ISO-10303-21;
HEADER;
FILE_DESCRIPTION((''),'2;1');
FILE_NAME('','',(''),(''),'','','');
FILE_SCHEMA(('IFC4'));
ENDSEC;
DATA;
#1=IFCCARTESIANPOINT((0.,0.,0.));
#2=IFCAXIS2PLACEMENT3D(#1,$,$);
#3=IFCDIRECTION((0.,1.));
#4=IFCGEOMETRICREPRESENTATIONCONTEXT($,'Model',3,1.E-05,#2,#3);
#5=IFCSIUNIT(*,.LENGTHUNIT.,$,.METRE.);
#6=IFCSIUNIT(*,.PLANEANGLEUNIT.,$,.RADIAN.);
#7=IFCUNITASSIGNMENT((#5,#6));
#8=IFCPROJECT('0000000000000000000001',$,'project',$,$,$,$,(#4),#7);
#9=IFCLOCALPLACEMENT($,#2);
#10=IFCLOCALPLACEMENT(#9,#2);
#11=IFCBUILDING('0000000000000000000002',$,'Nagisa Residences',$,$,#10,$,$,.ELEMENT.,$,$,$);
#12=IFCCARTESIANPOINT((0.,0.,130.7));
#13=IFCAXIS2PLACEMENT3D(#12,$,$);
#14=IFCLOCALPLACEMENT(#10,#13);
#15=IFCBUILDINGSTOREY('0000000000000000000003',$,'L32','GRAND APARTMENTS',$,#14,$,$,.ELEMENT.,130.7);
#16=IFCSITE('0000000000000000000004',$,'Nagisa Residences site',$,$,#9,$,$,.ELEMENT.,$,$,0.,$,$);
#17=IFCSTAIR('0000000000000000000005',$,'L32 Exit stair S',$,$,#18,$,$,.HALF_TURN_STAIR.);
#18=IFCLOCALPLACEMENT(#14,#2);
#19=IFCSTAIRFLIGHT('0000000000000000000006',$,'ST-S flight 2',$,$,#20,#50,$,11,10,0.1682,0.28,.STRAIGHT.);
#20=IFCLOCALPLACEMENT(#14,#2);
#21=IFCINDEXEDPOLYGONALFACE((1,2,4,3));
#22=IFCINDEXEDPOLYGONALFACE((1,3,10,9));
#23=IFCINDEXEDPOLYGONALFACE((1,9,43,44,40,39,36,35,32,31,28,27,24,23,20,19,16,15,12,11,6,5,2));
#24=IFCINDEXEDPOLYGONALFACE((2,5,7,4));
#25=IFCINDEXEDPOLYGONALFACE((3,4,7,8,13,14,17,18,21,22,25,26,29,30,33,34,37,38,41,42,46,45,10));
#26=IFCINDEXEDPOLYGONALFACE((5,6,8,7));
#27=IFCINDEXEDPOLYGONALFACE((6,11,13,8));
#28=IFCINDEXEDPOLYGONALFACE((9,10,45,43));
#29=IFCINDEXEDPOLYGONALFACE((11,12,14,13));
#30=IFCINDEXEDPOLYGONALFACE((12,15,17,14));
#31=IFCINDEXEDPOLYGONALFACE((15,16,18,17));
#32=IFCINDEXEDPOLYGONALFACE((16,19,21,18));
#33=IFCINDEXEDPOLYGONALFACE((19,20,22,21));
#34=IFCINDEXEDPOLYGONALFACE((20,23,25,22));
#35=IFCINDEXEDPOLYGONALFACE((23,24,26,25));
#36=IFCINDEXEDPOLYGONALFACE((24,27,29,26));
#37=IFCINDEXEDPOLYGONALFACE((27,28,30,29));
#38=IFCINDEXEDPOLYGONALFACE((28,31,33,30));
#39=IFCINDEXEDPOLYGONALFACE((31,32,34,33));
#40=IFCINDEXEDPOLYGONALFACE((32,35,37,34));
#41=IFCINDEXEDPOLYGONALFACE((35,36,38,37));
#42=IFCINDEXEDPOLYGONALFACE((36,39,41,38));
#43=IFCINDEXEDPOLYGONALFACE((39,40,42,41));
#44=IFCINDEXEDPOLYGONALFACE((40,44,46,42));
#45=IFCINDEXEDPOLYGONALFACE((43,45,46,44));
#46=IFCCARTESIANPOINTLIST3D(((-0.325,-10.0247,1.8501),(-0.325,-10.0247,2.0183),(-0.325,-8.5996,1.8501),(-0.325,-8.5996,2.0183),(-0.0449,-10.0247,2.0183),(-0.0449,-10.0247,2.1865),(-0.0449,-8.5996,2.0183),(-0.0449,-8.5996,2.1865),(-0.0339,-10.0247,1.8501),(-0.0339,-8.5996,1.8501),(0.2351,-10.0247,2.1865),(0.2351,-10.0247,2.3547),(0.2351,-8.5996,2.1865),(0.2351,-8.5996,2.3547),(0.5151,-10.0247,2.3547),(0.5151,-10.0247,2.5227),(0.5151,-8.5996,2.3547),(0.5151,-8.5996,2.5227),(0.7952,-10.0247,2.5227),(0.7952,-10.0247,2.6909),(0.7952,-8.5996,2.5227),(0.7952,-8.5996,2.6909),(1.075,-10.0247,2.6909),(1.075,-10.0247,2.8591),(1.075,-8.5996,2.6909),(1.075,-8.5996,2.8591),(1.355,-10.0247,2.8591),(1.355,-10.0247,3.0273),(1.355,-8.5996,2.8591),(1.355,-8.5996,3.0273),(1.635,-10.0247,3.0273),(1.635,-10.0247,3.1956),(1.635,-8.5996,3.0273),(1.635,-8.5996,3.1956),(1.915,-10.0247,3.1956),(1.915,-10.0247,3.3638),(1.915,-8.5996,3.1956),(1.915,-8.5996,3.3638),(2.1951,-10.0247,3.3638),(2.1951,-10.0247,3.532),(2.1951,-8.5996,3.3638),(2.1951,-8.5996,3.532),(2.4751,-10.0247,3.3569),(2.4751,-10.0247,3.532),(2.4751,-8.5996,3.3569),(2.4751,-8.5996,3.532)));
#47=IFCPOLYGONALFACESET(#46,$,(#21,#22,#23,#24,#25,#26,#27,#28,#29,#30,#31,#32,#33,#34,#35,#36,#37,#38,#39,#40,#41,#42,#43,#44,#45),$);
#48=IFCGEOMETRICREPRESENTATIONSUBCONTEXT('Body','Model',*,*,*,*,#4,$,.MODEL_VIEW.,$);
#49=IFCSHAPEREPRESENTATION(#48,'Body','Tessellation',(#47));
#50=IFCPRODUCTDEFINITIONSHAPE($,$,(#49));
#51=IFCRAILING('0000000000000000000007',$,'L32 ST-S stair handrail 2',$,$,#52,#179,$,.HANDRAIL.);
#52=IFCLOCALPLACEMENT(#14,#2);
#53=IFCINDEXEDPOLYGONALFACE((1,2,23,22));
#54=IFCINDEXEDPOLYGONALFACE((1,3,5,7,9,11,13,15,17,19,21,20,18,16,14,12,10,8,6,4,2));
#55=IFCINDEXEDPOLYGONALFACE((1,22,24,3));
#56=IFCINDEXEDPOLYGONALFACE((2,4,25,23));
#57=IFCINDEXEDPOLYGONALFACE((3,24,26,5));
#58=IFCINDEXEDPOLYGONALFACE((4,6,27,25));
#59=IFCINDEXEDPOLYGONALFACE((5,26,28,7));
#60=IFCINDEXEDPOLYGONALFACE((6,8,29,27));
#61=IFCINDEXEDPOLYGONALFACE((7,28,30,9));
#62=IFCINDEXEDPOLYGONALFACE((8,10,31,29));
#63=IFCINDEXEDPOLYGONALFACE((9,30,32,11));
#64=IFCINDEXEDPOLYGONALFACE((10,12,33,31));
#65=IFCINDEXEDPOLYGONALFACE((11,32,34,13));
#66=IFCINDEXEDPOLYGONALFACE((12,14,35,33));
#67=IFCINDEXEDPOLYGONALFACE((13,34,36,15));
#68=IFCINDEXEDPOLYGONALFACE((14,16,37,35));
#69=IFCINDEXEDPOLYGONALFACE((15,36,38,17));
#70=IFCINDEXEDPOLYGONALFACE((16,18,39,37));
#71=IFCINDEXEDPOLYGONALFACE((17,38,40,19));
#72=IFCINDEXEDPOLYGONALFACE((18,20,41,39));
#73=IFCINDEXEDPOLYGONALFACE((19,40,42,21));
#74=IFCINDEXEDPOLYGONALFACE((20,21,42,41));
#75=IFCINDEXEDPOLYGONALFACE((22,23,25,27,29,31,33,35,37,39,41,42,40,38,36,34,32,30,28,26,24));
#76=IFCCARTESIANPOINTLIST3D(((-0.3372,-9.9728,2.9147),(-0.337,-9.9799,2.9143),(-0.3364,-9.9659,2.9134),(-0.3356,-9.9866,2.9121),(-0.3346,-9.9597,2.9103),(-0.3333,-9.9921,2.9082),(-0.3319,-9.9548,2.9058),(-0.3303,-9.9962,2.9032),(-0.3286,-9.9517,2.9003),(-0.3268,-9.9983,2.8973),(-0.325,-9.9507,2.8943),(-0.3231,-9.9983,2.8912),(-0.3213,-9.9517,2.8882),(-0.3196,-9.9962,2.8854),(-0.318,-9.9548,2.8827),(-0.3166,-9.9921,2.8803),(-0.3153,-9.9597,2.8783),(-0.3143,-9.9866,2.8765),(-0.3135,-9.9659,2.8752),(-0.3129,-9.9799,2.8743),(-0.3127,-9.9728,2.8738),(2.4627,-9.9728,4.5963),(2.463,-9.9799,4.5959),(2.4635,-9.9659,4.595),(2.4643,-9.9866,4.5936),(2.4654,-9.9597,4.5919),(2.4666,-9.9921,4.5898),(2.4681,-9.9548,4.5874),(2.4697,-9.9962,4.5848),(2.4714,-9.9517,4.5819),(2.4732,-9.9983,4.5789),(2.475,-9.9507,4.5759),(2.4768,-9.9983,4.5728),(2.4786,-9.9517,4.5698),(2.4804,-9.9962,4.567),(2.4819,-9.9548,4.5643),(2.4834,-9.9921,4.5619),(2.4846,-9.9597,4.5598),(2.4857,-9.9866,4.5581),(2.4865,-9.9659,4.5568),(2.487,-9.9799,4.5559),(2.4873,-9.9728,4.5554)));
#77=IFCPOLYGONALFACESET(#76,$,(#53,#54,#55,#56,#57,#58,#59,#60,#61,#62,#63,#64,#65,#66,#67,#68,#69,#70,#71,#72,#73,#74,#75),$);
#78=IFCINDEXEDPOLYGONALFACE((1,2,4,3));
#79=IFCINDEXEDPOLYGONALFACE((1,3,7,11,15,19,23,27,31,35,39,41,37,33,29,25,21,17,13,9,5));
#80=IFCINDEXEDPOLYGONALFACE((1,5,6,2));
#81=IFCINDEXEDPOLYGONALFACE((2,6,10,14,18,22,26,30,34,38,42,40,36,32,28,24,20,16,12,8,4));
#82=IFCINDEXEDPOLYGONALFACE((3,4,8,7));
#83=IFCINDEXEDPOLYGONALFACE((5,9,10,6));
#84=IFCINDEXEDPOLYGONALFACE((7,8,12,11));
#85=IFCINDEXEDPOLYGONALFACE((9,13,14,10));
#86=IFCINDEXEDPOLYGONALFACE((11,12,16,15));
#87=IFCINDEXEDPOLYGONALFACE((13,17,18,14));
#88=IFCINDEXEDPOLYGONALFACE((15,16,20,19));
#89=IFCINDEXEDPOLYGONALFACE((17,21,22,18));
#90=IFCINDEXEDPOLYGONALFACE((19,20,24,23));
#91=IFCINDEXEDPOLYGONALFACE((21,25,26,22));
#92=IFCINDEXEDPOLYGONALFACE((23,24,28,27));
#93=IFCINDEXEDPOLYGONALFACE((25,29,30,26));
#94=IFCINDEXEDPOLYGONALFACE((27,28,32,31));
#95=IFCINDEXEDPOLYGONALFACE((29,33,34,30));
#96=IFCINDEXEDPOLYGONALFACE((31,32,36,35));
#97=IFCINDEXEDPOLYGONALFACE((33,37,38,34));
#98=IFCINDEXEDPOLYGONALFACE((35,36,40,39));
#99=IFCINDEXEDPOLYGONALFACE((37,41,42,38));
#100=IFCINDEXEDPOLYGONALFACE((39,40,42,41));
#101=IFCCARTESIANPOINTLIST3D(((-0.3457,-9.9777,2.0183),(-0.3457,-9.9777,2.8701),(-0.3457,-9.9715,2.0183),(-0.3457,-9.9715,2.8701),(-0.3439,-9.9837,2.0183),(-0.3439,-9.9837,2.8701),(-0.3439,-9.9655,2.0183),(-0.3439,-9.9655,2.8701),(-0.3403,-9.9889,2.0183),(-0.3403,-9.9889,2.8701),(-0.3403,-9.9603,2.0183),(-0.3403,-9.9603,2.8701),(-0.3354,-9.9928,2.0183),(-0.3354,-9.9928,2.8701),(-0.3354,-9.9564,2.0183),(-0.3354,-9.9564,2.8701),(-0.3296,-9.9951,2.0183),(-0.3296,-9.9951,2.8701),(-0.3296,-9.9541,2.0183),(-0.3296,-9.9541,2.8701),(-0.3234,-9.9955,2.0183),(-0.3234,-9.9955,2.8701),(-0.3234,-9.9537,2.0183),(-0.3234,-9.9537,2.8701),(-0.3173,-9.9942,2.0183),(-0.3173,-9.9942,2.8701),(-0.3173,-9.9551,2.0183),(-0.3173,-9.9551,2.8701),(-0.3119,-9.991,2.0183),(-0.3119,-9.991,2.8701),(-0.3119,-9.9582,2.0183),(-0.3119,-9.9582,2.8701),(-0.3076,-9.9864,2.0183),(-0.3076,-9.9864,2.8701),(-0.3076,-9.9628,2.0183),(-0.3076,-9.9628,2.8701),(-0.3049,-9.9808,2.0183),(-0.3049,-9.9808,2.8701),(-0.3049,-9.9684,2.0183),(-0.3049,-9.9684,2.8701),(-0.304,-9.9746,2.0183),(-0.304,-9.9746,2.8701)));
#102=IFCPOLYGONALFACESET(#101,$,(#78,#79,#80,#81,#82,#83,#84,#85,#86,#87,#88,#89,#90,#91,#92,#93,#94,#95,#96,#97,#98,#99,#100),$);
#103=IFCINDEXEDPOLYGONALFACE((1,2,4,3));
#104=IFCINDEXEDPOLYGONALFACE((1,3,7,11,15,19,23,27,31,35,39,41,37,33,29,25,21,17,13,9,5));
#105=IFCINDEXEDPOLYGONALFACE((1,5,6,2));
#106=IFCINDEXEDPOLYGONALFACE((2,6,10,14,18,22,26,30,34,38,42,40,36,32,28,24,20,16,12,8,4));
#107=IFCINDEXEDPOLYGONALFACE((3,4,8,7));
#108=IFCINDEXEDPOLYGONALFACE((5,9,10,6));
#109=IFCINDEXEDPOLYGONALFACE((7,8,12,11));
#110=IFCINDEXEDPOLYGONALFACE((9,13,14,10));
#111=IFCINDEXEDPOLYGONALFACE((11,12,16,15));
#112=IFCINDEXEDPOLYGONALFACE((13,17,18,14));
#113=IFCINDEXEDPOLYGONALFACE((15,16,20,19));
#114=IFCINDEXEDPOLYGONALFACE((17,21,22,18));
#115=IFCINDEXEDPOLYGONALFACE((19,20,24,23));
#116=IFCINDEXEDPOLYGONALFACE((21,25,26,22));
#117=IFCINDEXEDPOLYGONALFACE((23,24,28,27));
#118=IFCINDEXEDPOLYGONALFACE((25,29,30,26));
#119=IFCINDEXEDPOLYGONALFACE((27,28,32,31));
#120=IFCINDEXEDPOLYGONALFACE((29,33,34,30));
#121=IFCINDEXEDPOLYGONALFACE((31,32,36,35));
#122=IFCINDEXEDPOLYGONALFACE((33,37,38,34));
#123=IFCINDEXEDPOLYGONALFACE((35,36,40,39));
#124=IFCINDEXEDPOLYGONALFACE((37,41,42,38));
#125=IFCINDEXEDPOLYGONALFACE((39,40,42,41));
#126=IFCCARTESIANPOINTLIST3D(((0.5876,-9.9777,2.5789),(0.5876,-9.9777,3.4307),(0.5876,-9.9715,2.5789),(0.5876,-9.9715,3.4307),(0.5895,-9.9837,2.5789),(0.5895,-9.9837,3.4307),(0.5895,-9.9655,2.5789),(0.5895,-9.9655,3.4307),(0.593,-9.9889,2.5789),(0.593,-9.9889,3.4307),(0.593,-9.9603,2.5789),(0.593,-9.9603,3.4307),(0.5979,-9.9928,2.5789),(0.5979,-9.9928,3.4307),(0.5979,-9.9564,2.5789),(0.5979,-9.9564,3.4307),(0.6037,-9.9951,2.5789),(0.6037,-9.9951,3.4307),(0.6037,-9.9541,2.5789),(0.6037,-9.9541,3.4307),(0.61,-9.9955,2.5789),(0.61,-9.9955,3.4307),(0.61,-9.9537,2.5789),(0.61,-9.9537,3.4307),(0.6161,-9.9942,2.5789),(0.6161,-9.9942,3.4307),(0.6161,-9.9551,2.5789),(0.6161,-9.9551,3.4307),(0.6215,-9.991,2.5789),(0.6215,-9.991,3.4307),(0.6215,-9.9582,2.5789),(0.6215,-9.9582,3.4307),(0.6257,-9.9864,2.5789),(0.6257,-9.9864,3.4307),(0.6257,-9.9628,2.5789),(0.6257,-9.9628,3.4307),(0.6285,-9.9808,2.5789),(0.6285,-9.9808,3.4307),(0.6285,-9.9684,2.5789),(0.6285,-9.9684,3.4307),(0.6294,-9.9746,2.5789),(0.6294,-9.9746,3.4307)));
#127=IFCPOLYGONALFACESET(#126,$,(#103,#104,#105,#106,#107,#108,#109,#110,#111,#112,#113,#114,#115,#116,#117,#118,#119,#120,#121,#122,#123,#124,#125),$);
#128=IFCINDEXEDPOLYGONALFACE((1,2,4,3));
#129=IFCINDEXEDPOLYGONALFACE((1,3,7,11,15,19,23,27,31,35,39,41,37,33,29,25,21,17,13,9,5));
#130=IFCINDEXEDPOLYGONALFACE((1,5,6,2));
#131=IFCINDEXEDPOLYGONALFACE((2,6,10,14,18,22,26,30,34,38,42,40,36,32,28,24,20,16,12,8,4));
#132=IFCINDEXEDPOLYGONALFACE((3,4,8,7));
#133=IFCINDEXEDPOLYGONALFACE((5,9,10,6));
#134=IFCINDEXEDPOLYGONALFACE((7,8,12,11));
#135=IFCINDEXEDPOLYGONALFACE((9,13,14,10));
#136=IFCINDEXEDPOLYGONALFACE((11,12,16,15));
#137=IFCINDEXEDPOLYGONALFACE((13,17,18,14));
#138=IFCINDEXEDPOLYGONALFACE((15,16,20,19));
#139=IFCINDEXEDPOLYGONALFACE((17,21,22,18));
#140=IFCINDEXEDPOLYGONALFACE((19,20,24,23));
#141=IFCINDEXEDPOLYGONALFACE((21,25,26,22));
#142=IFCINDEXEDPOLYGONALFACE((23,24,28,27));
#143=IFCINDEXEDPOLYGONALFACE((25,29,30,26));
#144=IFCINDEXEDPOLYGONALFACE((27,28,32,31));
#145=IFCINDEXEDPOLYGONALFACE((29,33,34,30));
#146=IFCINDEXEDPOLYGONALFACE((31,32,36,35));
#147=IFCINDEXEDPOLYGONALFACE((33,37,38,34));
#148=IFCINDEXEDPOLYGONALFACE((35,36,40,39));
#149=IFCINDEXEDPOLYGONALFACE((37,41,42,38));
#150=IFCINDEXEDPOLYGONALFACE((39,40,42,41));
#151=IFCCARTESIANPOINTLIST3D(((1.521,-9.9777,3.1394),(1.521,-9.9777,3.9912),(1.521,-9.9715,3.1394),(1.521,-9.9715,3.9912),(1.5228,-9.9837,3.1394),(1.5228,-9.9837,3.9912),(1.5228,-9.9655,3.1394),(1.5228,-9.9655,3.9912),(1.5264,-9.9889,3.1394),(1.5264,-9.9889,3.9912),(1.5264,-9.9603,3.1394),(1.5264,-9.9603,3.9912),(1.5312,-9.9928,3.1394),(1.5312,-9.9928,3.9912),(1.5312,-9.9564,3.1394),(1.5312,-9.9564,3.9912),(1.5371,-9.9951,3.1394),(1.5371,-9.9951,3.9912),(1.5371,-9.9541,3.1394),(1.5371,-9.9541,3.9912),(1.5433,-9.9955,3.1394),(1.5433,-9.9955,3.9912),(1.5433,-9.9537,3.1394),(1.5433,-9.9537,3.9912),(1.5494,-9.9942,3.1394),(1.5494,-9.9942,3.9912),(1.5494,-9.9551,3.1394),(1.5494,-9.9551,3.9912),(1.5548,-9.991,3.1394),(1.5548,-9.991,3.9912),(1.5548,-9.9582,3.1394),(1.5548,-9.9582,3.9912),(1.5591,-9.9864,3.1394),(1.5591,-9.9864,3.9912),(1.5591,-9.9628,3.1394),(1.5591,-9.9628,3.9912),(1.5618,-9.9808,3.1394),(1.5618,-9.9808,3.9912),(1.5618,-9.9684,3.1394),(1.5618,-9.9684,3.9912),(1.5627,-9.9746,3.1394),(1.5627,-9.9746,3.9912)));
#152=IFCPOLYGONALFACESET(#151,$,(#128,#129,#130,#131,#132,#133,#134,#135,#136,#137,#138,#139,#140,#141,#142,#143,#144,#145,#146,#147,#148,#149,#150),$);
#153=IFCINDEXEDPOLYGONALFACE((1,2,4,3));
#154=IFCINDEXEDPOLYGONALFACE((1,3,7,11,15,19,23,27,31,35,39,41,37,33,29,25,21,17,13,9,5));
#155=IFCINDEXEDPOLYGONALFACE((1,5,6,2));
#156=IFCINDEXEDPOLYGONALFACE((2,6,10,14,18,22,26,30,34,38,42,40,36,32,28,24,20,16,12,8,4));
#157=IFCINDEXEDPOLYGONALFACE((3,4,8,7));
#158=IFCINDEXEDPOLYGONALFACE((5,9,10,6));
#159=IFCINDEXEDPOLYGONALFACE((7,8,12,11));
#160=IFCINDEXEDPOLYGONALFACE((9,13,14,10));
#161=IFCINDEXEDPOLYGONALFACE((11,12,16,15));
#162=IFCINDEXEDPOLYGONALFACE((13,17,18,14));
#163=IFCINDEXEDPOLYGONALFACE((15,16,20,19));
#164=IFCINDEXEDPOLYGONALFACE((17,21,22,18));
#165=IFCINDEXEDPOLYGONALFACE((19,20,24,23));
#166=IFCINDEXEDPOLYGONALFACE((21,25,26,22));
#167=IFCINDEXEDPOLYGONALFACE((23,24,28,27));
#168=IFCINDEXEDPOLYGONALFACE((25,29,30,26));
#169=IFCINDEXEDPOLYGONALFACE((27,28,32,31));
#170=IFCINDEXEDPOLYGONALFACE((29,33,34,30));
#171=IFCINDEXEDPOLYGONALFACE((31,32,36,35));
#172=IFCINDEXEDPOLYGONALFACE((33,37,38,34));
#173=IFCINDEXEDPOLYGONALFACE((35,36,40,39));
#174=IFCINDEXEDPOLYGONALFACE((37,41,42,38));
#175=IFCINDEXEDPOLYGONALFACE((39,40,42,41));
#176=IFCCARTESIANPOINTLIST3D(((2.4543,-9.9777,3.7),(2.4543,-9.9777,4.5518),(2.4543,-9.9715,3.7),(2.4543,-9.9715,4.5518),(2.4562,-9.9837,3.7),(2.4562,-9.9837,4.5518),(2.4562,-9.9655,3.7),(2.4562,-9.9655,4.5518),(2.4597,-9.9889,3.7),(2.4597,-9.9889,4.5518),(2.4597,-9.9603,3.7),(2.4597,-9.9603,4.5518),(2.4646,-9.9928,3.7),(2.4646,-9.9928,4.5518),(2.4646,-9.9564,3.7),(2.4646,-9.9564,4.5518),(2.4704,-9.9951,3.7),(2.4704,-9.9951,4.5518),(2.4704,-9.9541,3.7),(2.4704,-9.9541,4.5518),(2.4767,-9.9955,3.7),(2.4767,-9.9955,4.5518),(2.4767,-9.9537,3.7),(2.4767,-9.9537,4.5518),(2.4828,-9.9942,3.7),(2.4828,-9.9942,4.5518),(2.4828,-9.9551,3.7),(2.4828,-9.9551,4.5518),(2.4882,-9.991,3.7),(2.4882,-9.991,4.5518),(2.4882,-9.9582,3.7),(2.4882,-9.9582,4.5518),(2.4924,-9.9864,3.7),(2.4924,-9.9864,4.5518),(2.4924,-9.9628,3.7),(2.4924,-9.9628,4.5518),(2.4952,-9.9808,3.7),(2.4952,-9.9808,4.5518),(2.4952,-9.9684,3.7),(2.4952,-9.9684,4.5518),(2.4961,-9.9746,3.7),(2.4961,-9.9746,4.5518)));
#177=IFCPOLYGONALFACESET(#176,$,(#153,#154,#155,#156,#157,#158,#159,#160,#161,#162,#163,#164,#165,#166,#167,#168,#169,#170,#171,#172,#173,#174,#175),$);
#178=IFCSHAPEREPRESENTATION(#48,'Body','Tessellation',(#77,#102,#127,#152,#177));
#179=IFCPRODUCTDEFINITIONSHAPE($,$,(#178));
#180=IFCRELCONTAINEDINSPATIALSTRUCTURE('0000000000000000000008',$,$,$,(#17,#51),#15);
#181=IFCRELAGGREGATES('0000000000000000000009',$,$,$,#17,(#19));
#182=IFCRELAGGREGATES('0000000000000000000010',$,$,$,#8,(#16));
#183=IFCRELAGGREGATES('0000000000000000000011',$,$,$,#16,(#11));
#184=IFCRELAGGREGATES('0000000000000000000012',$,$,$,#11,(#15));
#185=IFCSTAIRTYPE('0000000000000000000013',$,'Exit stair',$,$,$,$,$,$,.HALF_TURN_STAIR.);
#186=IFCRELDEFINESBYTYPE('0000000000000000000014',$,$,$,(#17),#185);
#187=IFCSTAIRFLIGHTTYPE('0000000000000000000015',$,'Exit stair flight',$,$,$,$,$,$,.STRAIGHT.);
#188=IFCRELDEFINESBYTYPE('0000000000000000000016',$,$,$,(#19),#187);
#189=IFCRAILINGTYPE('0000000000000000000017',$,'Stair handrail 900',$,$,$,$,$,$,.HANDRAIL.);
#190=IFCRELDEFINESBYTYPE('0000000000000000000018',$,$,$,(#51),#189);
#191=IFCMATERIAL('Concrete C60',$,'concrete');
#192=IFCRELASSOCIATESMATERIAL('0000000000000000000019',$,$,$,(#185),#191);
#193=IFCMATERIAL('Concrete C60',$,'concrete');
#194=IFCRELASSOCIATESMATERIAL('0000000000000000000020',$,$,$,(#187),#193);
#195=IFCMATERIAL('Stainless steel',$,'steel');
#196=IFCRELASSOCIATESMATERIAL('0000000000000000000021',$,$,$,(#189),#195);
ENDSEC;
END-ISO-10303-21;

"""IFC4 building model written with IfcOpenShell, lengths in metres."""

from ifc_helpers import new_model, si_unit, direction, frame, origin, origin_2d, place, context, subcontext, project, spatial, polyline, circle, outline, extrude, material, type_object, element, aggregate, save


model = new_model("IFC4")

# Units and contexts
model_context = context("Model", 3, precision=1e-05, world=origin(), true_north=direction((0.0, 1.0)))
body_context = subcontext(model_context, "Body", "Model", "MODEL_VIEW")
ifc_project = project(units=[si_unit("LENGTHUNIT", "METRE"), si_unit("PLANEANGLEUNIT", "RADIAN")], contexts=[model_context])

# Site, building, storey
site_placement = place(None, origin())
site = spatial("IfcSite", under=ifc_project, at=site_placement, Name="Nagisa Residences site", CompositionType="ELEMENT", RefElevation=0.0)
building_placement = place(site_placement, origin())
building = spatial("IfcBuilding", under=site, at=building_placement, Name="Nagisa Residences", CompositionType="ELEMENT")
storey_placement = place(building_placement, frame((0.0, 0.0, 130.7)))
storey = spatial("IfcBuildingStorey", under=building, at=storey_placement, Name="L32", Description="GRAND APARTMENTS", CompositionType="ELEMENT", Elevation=130.7)

# Stair, stair flight
ifc_material_1 = material(Name="Concrete C60", Category="concrete")
stair_type = type_object("IfcStairType", Name="Exit stair", PredefinedType="HALF_TURN_STAIR", material=ifc_material_1)
stair_placement = place(storey_placement, origin())
stair = element("IfcStair", 1, at=stair_placement, inside=storey, type_object=stair_type, Name="L32 Exit stair S", PredefinedType="HALF_TURN_STAIR")
ifc_material_2 = material(Name="Concrete C60", Category="concrete")
stair_flight_type = type_object("IfcStairFlightType", Name="Exit stair flight", PredefinedType="STRAIGHT", material=ifc_material_2)
stair_flight_placement = place(storey_placement, frame((-0.325, -9.312, 1.8501), z_axis=(0.0, 0.0, 1.0), x_axis=(1.0, 0.0, 0.0)))
stair_flight = element("IfcStairFlight", 2, at=stair_flight_placement, type_object=stair_flight_type, Name="ST-S flight 2", NumberOfRisers=11, NumberOfTreads=10, PredefinedType="STRAIGHT", RiserHeight=0.1682, TreadLength=0.28, context=body_context, shape_type="SweptSolid", body=[
    extrude(outline(polyline([(0.0, 0.0), (0.0, 0.1682), (0.28, 0.1682), (0.28, 0.3364), (0.5601, 0.3364), (0.5601, 0.5046), (0.8401, 0.5046), (0.8401, 0.6726), (1.1201, 0.6726), (1.1201, 0.8408), (1.3999, 0.8408), (1.3999, 1.009), (1.6799, 1.009), (1.6799, 1.1772), (1.96, 1.1772), (1.96, 1.3455), (2.24, 1.3455), (2.24, 1.5137), (2.52, 1.5137), (2.52, 1.6819), (2.8, 1.6819), (2.8, 1.8501), (2.8, 1.5068), (0.291, 0.0), (0.0, 0.0)])), frame((0.0, 0.7124, 0.0), z_axis=(0.0, -1.0, 0.0), x_axis=(1.0, 0.0, 0.0)), (0.0, 0.0, 1.0), 1.425),
])
aggregate(stair, [stair_flight])

# Railing
ifc_material_3 = material(Name="Stainless steel", Category="steel")
railing_type = type_object("IfcRailingType", Name="Stair handrail 900", PredefinedType="HANDRAIL", material=ifc_material_3)
railing_placement = place(storey_placement, frame((-0.325, -9.9746, 2.0183)))
element("IfcRailing", 3, at=railing_placement, inside=storey, type_object=railing_type, Name="L32 ST-S stair handrail 2", PredefinedType="HANDRAIL", context=body_context, shape_type="SweptSolid", body=[
    extrude(circle(Radius=0.0239, at=origin_2d()), frame((0.0, 0.0, 0.876), z_axis=(0.857275, 0.0, 0.514858), x_axis=(0.0, 1.0, 0.0)), (0.0, 0.0, 1.0), 3.2661),
    extrude(circle(Radius=0.021, at=origin_2d()), origin(), (0.0, 0.0, 1.0), 0.8518),
    extrude(circle(Radius=0.021, at=origin_2d()), frame((0.9333, 0.0, 0.5605)), (0.0, 0.0, 1.0), 0.8518),
    extrude(circle(Radius=0.021, at=origin_2d()), frame((1.8667, 0.0, 1.1211)), (0.0, 0.0, 1.0), 0.8518),
    extrude(circle(Radius=0.021, at=origin_2d()), frame((2.8, 0.0, 1.6816)), (0.0, 0.0, 1.0), 0.8518),
])

save(model, "model.ifc")
